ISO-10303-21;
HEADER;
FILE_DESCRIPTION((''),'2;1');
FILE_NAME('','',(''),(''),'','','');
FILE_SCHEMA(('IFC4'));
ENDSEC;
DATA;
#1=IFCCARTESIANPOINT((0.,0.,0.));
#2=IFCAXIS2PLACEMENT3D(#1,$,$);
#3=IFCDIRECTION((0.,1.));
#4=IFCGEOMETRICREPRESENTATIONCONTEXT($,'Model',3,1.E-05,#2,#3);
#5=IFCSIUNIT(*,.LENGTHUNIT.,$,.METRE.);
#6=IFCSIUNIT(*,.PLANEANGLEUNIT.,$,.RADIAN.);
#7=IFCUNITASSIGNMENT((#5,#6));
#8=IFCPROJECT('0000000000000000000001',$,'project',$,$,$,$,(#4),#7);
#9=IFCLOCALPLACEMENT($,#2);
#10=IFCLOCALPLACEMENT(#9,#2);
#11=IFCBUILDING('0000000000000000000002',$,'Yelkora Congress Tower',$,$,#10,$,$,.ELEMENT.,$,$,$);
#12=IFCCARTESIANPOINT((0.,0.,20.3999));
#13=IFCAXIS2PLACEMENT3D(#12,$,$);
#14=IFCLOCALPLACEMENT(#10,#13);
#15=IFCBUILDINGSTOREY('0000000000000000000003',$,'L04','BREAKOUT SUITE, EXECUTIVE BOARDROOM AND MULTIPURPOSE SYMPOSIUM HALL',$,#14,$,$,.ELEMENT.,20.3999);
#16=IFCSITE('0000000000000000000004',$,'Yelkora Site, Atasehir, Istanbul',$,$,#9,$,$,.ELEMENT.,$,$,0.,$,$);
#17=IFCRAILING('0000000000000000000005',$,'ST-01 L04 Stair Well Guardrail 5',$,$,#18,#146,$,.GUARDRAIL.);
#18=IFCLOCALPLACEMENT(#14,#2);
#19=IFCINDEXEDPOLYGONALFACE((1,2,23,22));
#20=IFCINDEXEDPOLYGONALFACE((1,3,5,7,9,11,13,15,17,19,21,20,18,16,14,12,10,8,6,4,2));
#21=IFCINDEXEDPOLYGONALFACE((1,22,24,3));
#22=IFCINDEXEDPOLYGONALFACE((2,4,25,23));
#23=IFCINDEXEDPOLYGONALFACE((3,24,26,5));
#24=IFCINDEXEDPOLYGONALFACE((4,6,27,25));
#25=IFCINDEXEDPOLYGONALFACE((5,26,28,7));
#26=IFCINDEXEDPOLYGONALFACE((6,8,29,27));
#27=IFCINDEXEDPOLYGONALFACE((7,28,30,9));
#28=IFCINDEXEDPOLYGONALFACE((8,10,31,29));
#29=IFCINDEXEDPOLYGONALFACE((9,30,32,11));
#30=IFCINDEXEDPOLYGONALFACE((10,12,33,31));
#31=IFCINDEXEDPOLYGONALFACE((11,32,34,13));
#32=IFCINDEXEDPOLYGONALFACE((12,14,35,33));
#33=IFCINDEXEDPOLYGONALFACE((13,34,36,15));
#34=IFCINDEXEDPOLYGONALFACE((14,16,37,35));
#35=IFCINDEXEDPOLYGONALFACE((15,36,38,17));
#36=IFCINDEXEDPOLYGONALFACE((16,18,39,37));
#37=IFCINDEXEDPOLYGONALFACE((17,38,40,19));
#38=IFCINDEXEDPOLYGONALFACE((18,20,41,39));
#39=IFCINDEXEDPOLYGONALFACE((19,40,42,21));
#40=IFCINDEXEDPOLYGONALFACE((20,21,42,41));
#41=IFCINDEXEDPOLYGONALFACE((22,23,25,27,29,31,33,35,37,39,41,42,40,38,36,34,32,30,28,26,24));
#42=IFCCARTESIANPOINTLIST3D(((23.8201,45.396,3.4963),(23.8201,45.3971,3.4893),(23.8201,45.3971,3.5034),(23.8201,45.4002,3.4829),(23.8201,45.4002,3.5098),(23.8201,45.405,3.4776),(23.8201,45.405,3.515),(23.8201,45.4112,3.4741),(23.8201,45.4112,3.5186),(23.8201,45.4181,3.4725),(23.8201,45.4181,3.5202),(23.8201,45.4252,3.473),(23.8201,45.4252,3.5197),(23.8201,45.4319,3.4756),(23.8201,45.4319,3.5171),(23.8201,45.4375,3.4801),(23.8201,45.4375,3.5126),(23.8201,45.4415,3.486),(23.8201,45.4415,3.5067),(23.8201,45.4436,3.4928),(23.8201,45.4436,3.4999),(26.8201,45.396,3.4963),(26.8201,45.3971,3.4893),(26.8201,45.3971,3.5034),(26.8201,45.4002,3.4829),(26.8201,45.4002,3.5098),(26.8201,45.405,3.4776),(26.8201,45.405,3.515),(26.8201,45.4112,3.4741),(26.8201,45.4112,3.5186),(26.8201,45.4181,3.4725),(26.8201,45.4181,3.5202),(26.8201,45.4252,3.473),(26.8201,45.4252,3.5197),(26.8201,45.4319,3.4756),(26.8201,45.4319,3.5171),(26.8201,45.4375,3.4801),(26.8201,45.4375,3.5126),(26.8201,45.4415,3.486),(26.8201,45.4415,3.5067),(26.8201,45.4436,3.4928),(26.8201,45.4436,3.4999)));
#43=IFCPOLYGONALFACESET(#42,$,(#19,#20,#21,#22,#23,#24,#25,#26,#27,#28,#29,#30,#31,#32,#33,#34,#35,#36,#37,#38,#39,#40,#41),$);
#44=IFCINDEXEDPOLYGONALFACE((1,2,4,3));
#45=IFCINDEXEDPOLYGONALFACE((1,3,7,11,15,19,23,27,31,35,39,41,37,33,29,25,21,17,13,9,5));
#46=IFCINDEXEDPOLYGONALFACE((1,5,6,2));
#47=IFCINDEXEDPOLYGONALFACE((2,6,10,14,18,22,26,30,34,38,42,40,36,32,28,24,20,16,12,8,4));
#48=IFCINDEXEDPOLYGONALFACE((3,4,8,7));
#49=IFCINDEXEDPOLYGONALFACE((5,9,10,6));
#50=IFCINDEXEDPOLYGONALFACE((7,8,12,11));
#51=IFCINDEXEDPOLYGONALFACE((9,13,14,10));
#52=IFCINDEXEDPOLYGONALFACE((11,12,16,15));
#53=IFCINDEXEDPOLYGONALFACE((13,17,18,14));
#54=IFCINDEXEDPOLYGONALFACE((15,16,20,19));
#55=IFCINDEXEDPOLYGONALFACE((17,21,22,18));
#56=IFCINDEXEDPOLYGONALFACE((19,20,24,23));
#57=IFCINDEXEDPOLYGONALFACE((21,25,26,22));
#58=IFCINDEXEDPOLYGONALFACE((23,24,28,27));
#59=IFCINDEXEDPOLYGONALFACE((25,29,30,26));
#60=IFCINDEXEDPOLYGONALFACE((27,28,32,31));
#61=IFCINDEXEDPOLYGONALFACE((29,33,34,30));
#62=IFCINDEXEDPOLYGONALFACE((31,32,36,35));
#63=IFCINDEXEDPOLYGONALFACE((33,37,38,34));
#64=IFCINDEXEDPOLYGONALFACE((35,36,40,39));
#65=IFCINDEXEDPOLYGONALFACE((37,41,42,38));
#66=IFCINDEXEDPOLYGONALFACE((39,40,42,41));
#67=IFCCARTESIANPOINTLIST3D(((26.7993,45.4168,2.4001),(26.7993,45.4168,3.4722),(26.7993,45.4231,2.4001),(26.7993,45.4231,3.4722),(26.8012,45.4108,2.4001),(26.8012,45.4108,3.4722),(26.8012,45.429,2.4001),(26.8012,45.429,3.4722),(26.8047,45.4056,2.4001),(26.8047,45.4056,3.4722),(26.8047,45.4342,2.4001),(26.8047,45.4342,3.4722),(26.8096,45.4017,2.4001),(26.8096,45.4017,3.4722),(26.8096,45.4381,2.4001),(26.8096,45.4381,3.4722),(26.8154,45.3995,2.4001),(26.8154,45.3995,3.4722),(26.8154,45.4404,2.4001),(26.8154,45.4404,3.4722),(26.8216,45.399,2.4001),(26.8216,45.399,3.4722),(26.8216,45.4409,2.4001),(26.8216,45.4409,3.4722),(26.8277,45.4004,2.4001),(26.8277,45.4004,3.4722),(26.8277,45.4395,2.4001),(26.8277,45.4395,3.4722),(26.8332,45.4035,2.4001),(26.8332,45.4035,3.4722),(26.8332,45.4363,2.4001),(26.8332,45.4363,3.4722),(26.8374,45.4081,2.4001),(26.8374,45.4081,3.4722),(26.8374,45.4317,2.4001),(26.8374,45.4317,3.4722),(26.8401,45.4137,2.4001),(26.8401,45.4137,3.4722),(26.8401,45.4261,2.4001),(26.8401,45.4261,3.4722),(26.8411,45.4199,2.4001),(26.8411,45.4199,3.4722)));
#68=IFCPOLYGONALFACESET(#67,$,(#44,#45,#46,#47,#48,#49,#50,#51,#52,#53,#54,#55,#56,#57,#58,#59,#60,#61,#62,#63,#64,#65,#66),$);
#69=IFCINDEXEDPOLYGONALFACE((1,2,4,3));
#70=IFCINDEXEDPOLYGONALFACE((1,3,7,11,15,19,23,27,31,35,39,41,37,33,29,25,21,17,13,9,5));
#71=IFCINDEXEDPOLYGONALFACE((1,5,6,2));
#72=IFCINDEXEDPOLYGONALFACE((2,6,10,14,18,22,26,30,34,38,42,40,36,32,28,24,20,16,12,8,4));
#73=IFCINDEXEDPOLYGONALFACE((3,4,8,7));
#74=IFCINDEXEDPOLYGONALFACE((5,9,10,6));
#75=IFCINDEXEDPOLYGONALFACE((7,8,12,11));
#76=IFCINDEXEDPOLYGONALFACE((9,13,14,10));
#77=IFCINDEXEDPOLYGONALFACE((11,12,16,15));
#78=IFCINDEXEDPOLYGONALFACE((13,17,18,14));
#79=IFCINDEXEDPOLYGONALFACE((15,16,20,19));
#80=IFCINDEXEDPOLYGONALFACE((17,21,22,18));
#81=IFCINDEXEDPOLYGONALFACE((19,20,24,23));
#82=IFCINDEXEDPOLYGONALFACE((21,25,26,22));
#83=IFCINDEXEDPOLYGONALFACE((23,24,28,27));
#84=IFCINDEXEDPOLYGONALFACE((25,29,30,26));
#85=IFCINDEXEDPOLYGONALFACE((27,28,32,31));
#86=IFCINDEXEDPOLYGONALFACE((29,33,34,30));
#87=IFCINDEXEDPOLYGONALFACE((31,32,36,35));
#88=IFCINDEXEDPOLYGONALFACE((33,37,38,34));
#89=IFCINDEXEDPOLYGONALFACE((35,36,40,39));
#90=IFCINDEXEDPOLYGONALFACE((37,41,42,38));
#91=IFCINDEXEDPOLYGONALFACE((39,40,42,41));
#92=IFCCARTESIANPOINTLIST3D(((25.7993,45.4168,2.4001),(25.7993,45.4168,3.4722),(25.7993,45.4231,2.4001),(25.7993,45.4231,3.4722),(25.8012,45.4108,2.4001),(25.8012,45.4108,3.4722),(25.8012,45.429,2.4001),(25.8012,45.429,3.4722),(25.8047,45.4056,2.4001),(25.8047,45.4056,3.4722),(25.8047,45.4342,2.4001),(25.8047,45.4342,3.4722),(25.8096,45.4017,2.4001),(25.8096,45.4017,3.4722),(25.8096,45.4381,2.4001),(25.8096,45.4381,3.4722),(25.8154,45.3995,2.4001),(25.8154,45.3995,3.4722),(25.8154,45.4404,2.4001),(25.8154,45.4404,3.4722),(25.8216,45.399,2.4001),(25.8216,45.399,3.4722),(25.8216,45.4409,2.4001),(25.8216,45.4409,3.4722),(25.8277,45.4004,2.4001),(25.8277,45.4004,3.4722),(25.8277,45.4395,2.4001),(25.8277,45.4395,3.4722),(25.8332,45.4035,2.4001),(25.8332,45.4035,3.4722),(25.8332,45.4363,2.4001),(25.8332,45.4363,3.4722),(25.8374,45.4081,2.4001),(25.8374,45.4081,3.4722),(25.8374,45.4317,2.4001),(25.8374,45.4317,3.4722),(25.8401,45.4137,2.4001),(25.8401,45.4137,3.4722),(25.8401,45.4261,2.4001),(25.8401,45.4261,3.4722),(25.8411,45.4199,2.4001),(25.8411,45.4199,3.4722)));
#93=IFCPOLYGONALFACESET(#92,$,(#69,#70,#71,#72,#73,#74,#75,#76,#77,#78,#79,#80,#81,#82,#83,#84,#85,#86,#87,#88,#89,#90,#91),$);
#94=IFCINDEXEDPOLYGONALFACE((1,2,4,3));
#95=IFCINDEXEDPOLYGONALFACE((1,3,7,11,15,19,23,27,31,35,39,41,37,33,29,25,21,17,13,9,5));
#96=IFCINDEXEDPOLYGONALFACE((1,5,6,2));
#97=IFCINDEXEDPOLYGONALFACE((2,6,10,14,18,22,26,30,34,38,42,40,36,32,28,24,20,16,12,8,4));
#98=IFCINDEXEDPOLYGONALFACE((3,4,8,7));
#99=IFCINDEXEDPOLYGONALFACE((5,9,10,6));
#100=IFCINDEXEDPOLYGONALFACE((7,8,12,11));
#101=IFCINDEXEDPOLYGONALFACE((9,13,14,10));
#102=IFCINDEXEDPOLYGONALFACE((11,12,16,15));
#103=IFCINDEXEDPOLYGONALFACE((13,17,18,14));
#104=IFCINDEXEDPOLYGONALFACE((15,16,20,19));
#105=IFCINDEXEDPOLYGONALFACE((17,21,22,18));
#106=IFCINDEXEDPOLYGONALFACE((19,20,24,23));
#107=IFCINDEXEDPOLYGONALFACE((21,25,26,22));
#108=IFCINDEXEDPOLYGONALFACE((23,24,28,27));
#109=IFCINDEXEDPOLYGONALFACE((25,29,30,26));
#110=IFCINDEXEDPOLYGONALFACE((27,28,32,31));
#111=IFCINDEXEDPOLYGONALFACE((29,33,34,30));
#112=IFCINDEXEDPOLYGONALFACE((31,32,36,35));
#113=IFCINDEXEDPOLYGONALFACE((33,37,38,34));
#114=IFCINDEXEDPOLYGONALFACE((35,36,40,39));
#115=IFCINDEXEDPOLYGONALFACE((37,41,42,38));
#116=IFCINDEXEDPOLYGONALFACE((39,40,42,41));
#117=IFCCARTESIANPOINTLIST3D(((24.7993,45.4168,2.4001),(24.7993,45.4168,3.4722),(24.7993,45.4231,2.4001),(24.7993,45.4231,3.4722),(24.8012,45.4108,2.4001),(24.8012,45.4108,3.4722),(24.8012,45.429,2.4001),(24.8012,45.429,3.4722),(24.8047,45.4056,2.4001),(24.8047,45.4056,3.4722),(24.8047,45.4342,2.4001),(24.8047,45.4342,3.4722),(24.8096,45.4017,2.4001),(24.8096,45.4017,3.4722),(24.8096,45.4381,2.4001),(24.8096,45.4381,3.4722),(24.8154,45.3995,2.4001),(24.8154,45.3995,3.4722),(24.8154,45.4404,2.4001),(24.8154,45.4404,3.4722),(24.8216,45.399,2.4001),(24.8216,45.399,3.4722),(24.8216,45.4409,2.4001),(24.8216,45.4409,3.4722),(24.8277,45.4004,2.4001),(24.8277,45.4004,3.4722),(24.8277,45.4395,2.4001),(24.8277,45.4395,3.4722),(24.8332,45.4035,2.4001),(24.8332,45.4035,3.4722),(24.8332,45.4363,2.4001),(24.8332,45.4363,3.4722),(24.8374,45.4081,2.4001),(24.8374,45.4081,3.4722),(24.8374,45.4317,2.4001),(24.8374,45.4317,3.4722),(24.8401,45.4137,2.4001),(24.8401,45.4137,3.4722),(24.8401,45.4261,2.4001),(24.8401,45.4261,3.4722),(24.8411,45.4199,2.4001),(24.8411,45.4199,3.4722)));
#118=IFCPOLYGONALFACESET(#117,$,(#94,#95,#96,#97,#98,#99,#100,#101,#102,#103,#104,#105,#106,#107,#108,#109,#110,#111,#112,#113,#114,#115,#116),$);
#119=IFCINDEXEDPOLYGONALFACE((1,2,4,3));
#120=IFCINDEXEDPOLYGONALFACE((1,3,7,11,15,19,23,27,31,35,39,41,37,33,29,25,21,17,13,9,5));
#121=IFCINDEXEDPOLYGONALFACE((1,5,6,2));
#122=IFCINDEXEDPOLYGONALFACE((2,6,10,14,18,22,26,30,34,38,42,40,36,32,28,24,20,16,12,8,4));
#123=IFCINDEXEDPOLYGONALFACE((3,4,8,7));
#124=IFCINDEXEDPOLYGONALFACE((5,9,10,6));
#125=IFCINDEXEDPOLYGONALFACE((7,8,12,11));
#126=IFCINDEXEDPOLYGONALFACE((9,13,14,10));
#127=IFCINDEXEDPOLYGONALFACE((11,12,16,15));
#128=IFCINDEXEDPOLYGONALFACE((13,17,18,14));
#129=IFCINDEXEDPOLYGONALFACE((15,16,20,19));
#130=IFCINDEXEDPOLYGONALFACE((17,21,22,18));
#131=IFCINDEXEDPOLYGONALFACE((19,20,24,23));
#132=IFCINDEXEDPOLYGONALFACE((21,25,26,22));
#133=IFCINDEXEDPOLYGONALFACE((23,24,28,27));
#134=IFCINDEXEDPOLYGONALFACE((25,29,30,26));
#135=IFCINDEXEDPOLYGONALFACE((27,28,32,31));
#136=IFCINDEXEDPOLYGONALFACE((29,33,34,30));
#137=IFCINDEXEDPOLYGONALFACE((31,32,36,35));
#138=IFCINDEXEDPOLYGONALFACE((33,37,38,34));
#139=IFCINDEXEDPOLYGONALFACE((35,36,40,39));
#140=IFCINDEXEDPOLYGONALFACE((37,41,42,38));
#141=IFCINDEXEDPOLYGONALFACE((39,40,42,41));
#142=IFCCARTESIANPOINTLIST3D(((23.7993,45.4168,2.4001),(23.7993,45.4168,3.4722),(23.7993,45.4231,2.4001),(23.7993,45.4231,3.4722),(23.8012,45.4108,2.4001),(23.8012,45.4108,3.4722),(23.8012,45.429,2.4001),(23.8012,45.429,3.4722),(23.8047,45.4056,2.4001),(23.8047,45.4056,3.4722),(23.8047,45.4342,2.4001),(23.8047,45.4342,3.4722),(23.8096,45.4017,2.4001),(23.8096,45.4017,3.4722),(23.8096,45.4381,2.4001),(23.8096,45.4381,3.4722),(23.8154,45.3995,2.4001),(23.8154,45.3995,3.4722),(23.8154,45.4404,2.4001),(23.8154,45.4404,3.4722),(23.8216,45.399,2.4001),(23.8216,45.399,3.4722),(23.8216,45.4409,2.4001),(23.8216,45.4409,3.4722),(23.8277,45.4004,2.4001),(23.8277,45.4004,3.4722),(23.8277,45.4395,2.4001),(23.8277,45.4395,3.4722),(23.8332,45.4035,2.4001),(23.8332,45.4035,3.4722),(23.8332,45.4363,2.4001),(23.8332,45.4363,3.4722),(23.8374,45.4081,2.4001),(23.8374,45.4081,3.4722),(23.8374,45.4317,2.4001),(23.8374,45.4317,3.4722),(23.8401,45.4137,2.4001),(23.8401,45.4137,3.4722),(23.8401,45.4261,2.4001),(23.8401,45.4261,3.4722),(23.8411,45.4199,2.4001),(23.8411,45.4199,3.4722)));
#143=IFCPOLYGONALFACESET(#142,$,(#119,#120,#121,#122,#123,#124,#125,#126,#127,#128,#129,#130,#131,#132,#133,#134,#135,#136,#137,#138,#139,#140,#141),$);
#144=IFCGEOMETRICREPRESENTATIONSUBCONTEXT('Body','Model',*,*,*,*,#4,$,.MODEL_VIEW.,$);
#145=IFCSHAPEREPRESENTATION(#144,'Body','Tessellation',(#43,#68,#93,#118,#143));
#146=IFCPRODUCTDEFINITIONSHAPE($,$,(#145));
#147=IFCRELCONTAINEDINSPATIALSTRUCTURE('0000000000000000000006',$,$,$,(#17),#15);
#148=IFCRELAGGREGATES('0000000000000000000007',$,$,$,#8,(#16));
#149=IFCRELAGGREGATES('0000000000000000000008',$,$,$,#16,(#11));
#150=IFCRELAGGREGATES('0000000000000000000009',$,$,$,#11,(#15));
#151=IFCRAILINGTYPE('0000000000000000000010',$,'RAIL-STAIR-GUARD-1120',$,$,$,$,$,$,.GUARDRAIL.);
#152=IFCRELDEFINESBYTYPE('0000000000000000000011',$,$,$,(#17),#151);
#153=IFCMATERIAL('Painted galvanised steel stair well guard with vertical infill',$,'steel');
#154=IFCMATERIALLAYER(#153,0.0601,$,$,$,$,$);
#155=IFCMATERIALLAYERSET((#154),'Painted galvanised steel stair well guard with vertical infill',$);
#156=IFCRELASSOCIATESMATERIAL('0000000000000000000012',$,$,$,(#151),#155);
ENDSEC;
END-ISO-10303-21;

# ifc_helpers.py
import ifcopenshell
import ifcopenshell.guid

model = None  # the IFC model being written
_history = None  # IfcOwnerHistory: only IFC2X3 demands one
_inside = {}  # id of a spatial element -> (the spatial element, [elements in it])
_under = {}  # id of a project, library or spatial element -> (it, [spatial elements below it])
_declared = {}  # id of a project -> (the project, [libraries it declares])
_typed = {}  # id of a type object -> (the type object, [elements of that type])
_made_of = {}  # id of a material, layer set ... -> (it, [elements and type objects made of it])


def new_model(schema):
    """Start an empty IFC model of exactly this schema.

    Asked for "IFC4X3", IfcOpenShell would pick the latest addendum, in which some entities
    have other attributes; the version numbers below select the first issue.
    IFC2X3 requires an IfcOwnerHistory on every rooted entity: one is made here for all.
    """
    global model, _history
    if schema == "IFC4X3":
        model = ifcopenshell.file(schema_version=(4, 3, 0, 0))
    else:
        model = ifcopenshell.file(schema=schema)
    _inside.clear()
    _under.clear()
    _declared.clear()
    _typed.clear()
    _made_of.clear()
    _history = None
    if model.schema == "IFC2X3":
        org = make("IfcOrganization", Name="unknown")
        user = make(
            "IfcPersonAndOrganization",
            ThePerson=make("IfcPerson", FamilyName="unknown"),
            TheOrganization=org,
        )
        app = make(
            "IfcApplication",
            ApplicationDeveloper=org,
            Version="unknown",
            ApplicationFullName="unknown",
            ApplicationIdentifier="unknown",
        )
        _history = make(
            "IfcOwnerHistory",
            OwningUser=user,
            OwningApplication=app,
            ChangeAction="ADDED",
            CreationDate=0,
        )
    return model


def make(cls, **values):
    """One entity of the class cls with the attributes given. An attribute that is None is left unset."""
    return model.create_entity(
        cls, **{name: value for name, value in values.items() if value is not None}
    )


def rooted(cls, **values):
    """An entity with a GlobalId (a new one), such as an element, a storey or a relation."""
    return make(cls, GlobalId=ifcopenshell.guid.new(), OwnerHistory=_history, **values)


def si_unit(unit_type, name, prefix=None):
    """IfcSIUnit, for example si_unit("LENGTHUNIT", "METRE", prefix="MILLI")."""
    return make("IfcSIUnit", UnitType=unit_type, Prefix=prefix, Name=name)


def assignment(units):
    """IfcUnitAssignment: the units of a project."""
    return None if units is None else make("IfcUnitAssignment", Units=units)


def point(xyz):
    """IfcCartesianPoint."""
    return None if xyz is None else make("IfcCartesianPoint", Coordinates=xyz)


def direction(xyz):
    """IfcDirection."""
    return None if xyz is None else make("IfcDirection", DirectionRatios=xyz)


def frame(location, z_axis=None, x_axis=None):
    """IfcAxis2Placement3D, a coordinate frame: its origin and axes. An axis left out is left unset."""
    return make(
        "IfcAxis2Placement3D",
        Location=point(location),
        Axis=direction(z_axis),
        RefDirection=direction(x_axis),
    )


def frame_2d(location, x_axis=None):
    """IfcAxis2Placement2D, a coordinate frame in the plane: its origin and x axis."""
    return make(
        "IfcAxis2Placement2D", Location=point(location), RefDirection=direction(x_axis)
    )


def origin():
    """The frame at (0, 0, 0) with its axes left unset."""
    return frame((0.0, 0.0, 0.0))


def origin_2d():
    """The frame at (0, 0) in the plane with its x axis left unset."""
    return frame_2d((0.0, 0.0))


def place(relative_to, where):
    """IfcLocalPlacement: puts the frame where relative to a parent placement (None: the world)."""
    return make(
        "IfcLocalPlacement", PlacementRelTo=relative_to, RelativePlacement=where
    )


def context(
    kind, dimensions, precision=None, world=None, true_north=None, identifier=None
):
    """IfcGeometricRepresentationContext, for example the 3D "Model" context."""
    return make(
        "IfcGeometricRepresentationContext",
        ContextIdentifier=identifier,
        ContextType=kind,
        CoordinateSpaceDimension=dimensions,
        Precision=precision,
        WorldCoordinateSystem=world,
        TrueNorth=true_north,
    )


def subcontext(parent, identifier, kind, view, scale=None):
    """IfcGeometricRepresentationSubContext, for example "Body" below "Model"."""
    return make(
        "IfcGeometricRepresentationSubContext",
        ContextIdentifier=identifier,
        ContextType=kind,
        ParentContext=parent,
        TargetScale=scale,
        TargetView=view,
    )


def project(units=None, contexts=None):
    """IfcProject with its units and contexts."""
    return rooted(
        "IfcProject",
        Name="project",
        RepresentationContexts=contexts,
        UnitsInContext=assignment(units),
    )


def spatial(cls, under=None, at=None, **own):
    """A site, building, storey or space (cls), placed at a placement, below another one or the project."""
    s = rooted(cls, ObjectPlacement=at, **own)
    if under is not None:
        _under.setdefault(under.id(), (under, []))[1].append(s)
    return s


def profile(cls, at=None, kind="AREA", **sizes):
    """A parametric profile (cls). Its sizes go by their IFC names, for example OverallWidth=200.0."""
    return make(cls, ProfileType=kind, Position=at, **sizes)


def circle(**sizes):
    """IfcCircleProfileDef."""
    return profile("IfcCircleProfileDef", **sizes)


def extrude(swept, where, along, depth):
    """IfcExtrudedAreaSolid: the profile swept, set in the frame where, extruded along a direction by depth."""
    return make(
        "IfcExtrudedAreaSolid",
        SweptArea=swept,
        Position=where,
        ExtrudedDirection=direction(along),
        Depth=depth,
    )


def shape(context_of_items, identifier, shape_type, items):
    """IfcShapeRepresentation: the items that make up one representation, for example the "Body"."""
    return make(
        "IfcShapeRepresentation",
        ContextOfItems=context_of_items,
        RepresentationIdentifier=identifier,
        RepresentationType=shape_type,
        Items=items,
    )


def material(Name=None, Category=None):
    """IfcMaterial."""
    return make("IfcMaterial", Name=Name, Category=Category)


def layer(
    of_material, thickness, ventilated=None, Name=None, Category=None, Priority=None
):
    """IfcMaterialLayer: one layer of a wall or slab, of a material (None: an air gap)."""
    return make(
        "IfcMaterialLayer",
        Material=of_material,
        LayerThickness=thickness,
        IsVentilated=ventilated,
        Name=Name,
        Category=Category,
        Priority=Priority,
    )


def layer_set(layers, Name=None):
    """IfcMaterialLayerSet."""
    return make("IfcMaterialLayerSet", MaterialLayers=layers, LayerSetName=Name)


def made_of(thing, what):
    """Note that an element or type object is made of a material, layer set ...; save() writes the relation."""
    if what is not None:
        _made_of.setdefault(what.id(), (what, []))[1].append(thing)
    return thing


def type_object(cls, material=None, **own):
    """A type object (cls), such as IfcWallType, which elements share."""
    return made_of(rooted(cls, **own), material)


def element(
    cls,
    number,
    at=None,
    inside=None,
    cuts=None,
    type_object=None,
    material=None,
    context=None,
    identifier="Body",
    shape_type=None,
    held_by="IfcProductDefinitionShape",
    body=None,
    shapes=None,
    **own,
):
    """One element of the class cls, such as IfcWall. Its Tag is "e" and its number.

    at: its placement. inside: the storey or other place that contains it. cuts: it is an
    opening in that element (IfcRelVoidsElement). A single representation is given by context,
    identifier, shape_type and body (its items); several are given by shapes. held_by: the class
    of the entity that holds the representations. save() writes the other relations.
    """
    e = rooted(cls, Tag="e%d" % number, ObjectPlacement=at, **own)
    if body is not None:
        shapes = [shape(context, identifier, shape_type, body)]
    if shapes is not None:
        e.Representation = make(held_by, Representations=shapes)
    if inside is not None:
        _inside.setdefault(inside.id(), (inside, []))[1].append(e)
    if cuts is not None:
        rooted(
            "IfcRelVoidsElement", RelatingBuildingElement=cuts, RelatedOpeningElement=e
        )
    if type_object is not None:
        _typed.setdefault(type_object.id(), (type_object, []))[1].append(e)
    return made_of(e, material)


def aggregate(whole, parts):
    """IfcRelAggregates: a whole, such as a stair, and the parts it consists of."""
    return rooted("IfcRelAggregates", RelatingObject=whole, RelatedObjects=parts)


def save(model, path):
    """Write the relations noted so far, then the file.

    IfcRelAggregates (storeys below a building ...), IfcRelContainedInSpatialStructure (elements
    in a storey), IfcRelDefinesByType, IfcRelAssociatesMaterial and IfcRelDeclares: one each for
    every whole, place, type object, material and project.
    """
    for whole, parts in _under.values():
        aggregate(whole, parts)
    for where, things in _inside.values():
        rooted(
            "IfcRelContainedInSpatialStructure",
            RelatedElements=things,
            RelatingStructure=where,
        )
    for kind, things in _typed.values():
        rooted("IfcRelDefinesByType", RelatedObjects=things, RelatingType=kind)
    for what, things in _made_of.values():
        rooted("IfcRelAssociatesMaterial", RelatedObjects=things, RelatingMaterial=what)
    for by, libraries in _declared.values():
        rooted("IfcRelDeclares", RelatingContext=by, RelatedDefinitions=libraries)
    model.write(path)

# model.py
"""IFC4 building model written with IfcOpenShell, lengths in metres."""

from ifc_helpers import new_model, si_unit, direction, frame, origin, origin_2d, place, context, subcontext, project, spatial, circle, extrude, material, layer, layer_set, type_object, element, save


model = new_model("IFC4")

# Units and contexts
model_context = context("Model", 3, precision=1e-05, world=origin(), true_north=direction((0.0, 1.0)))
body_context = subcontext(model_context, "Body", "Model", "MODEL_VIEW")
ifc_project = project(units=[si_unit("LENGTHUNIT", "METRE"), si_unit("PLANEANGLEUNIT", "RADIAN")], contexts=[model_context])

# Site, building, storey
site_placement = place(None, origin())
site = spatial("IfcSite", under=ifc_project, at=site_placement, Name="Yelkora Site, Atasehir, Istanbul", CompositionType="ELEMENT", RefElevation=0.0)
building_placement = place(site_placement, origin())
building = spatial("IfcBuilding", under=site, at=building_placement, Name="Yelkora Congress Tower", CompositionType="ELEMENT")
storey_placement = place(building_placement, frame((0.0, 0.0, 20.3999)))
storey = spatial("IfcBuildingStorey", under=building, at=storey_placement, Name="L04", Description="BREAKOUT SUITE, EXECUTIVE BOARDROOM AND MULTIPURPOSE SYMPOSIUM HALL", CompositionType="ELEMENT", Elevation=20.3999)

# Railing
ifc_material_1 = material(Name="Painted galvanised steel stair well guard with vertical infill", Category="steel")
ifc_layer_1 = layer(ifc_material_1, 0.0601)
ifc_layer_set_1 = layer_set([ifc_layer_1], Name="Painted galvanised steel stair well guard with vertical infill")
railing_type_1 = type_object("IfcRailingType", Name="RAIL-STAIR-GUARD-1120", PredefinedType="GUARDRAIL", material=ifc_layer_set_1)
railing_1_placement = place(storey_placement, frame((26.8201, 45.4199, 2.4001)))
element("IfcRailing", 1, at=railing_1_placement, inside=storey, type_object=railing_type_1, Name="ST-01 L04 Stair Well Guardrail 5", PredefinedType="GUARDRAIL", context=body_context, shape_type="SweptSolid", body=[
    extrude(circle(Radius=0.0239, at=origin_2d()), frame((0.0, 0.0, 1.0962), z_axis=(-1.0, 0.0, 0.0), x_axis=(0.0, -1.0, 0.0)), (0.0, 0.0, 1.0), 3.0),
    extrude(circle(Radius=0.021, at=origin_2d()), origin(), (0.0, 0.0, 1.0), 1.072),
    extrude(circle(Radius=0.021, at=origin_2d()), frame((-1.0, 0.0, 0.0)), (0.0, 0.0, 1.0), 1.072),
    extrude(circle(Radius=0.021, at=origin_2d()), frame((-2.0, 0.0, 0.0)), (0.0, 0.0, 1.0), 1.072),
    extrude(circle(Radius=0.021, at=origin_2d()), frame((-3.0, 0.0, 0.0)), (0.0, 0.0, 1.0), 1.072),
])

save(model, "model.ifc")
